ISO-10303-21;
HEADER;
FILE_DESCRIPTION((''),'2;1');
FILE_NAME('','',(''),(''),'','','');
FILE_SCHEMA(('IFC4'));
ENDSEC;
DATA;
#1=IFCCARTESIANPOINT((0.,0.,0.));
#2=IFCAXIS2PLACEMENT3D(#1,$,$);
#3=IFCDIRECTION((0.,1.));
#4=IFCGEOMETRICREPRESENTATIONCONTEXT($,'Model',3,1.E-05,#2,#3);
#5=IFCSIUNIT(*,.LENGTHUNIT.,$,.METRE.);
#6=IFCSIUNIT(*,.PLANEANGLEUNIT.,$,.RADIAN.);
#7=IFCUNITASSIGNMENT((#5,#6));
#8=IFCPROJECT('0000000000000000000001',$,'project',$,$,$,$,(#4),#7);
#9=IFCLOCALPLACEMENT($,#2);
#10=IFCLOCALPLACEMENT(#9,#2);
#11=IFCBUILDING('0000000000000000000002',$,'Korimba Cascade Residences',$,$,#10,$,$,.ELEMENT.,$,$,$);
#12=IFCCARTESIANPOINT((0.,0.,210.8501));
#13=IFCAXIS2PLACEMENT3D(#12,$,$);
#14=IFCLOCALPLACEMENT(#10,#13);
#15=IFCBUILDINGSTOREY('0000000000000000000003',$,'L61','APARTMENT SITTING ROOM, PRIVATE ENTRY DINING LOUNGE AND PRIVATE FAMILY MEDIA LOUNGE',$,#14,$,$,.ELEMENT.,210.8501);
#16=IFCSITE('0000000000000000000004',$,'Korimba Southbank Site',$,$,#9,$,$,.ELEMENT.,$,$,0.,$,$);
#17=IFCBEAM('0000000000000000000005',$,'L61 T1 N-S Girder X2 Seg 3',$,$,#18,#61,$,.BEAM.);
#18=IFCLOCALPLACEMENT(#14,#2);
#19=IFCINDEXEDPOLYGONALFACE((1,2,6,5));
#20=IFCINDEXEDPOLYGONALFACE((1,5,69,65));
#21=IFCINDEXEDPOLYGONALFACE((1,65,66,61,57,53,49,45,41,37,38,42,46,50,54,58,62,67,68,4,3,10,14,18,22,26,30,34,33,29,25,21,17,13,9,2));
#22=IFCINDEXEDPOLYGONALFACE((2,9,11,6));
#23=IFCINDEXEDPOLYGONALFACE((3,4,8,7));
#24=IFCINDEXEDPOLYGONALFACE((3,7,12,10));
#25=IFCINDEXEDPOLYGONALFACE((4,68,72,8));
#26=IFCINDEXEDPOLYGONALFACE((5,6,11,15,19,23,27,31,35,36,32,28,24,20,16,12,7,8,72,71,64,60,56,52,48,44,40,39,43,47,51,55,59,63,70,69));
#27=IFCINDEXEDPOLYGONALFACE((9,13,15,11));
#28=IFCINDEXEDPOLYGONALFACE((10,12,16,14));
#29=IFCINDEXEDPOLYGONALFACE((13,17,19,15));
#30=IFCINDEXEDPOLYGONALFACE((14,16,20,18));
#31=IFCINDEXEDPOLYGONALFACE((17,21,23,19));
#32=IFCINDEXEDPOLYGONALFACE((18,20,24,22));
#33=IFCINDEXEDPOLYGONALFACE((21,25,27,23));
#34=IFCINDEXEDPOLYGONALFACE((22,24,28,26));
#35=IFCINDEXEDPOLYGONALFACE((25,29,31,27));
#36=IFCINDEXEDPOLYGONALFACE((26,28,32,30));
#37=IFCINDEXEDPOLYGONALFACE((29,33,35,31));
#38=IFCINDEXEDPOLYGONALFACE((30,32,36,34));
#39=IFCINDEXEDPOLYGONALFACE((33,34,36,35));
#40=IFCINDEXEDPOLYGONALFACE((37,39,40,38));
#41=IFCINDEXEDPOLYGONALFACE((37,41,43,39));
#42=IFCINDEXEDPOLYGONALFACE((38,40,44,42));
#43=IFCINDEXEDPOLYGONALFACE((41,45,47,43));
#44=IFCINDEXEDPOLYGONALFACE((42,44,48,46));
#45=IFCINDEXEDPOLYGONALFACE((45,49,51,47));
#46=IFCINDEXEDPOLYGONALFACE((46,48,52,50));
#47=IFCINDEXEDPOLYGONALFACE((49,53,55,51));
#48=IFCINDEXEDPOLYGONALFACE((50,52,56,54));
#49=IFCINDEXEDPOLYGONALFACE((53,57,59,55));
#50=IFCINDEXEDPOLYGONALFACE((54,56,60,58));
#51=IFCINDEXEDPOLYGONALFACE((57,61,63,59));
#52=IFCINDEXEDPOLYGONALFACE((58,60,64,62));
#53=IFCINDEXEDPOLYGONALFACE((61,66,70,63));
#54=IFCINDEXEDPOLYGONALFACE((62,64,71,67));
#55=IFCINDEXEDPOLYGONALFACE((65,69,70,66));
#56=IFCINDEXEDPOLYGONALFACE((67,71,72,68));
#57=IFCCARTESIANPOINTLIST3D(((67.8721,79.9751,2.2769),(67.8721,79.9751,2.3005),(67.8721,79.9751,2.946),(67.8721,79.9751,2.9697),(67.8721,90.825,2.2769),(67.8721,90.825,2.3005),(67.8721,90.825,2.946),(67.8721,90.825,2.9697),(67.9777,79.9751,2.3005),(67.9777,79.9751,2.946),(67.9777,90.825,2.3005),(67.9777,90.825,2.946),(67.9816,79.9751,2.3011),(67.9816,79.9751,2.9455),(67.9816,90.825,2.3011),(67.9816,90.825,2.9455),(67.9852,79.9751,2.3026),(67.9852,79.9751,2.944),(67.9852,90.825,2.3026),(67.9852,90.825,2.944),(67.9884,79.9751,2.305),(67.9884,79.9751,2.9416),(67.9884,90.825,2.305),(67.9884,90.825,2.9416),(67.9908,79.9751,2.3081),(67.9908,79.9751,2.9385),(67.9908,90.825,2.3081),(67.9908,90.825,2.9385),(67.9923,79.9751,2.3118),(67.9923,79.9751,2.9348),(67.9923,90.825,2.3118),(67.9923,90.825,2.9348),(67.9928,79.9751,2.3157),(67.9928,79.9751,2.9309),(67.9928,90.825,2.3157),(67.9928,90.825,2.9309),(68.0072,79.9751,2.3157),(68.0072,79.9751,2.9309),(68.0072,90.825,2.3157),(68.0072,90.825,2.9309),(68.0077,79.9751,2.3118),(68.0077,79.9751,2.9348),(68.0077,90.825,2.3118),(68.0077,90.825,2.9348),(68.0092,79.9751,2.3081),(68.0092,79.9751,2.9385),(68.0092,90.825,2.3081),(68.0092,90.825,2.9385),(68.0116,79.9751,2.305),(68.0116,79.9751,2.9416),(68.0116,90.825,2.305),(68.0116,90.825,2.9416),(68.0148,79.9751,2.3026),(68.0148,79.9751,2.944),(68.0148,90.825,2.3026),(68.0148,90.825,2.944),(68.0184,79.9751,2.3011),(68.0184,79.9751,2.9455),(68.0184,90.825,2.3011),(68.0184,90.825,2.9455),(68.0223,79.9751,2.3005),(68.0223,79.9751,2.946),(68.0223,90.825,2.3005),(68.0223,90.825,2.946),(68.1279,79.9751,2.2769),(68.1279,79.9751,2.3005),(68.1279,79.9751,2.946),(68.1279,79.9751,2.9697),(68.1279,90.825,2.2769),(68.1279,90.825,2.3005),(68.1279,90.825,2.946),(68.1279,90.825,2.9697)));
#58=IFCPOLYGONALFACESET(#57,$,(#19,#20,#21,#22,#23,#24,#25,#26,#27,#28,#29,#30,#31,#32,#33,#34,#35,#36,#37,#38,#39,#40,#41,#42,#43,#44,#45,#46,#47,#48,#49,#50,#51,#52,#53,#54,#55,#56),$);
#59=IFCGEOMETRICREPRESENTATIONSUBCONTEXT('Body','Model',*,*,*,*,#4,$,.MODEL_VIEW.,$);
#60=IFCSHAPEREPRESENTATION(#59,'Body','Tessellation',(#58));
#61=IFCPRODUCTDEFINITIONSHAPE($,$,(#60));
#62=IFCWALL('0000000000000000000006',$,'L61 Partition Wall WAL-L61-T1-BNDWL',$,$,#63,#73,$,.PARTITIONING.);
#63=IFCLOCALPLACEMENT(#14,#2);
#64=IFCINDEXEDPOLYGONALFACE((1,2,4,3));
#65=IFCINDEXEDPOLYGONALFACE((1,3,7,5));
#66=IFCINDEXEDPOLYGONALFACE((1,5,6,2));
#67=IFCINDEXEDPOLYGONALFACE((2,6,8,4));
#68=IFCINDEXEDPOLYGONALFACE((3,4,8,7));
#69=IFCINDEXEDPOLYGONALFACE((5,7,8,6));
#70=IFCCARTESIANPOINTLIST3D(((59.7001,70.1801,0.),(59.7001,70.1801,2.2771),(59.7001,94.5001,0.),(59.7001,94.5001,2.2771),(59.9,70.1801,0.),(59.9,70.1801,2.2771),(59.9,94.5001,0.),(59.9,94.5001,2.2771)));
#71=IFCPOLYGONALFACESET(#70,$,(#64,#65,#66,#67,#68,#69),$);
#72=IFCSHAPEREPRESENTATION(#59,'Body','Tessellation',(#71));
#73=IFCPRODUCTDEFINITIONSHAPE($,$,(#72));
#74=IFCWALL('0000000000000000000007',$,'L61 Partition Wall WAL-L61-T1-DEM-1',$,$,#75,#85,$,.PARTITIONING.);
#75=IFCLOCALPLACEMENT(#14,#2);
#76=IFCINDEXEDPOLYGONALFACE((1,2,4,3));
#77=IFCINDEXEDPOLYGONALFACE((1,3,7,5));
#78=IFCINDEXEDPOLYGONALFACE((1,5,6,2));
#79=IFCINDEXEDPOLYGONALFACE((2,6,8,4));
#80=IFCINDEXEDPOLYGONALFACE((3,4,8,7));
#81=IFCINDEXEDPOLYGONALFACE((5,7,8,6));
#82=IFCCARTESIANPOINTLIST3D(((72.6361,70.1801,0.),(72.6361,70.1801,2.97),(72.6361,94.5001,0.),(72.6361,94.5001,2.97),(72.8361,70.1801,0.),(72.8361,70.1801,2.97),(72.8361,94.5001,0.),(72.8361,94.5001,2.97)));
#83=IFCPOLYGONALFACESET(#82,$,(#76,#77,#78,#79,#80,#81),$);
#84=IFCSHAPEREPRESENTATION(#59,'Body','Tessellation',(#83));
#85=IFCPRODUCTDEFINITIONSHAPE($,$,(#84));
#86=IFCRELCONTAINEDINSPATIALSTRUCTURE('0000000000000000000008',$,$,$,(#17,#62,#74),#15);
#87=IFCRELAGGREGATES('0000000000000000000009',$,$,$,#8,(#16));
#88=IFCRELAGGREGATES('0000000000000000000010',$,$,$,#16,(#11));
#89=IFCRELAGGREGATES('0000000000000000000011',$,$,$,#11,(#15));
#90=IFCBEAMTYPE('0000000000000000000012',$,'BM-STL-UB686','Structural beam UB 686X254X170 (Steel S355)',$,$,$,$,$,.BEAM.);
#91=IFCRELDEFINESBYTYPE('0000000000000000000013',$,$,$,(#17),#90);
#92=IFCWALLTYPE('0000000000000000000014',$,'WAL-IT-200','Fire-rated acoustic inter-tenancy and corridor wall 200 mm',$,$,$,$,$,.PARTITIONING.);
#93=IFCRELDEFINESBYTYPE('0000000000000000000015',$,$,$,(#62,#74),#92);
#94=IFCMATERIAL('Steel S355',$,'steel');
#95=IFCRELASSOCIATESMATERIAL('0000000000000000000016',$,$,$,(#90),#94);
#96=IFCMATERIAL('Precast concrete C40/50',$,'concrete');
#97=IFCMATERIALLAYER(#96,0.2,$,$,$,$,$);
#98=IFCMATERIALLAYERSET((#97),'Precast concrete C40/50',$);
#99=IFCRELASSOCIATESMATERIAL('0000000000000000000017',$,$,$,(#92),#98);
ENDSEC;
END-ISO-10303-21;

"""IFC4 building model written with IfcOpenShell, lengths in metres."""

from ifc_helpers import new_model, si_unit, direction, frame, frame_2d, origin, origin_2d, place, context, subcontext, project, spatial, rectangle, i_section, extrude, material, layer, layer_set, material_profile, profile_set, type_object, element, save


model = new_model("IFC4")

# Units and contexts
model_context = context("Model", 3, precision=1e-05, world=origin(), true_north=direction((0.0, 1.0)))
body_context = subcontext(model_context, "Body", "Model", "MODEL_VIEW")
ifc_project = project(units=[si_unit("LENGTHUNIT", "METRE"), si_unit("PLANEANGLEUNIT", "RADIAN")], contexts=[model_context])

# Site, building, storey
site_placement = place(None, origin())
site = spatial("IfcSite", under=ifc_project, at=site_placement, Name="Korimba Southbank Site", CompositionType="ELEMENT", RefElevation=0.0)
building_placement = place(site_placement, origin())
building = spatial("IfcBuilding", under=site, at=building_placement, Name="Korimba Cascade Residences", CompositionType="ELEMENT")
storey_placement = place(building_placement, frame((0.0, 0.0, 210.8501)))
storey = spatial("IfcBuildingStorey", under=building, at=storey_placement, Name="L61", Description="APARTMENT SITTING ROOM, PRIVATE ENTRY DINING LOUNGE AND PRIVATE FAMILY MEDIA LOUNGE", CompositionType="ELEMENT", Elevation=210.8501)

# Beam
ifc_material_1 = material(Name="Steel S355", Category="steel")
ifc_material_profile_1 = material_profile(ifc_material_1, i_section(OverallWidth=0.2559, OverallDepth=0.6929, WebThickness=0.0144, FlangeThickness=0.0237, FilletRadius=0.0151, at=origin_2d()), Name="Steel S355")
ifc_profile_set_1 = profile_set([ifc_material_profile_1], Name="Steel S355")
beam_type_1 = type_object("IfcBeamType", Name="BM-STL-UB686", Description="Structural beam UB 686X254X170 (Steel S355)", PredefinedType="BEAM", material=ifc_profile_set_1)
beam_1_placement = place(storey_placement, frame((68.0, 79.9751, 2.6233), z_axis=(0.0, 1.0, 0.0), x_axis=(-1.0, 0.0, 0.0)))
element("IfcBeam", 1, at=beam_1_placement, inside=storey, type_object=beam_type_1, Name="L61 T1 N-S Girder X2 Seg 3", PredefinedType="BEAM", context=body_context, shape_type="SweptSolid", body=[
    extrude(i_section(OverallWidth=0.2559, OverallDepth=0.6929, WebThickness=0.0144, FlangeThickness=0.0237, FilletRadius=0.0151, at=origin_2d()), origin(), (0.0, 0.0, 1.0), 10.8499),
])

# Walls
ifc_material_2 = material(Name="Precast concrete C40/50", Category="concrete")
ifc_layer_1 = layer(ifc_material_2, 0.2)
ifc_layer_set_1 = layer_set([ifc_layer_1], Name="Precast concrete C40/50")
wall_type_1 = type_object("IfcWallType", Name="WAL-IT-200", Description="Fire-rated acoustic inter-tenancy and corridor wall 200 mm", PredefinedType="PARTITIONING", material=ifc_layer_set_1)
wall_1_placement = place(storey_placement, frame((59.8, 70.1799, 0.0), z_axis=(0.0, 0.0, 1.0), x_axis=(0.0, 1.0, 0.0)))
element("IfcWall", 2, at=wall_1_placement, inside=storey, type_object=wall_type_1, Name="L61 Partition Wall WAL-L61-T1-BNDWL", PredefinedType="PARTITIONING", context=body_context, shape_type="SweptSolid", body=[
    extrude(rectangle(XDim=24.3201, YDim=0.2, at=frame_2d((12.1602, 0.0))), origin(), (0.0, 0.0, 1.0), 2.2771),
])
wall_2_placement = place(storey_placement, frame((72.7361, 70.1799, 0.0), z_axis=(0.0, 0.0, 1.0), x_axis=(0.0, 1.0, 0.0)))
element("IfcWall", 3, at=wall_2_placement, inside=storey, type_object=wall_type_1, Name="L61 Partition Wall WAL-L61-T1-DEM-1", PredefinedType="PARTITIONING", context=body_context, shape_type="SweptSolid", body=[
    extrude(rectangle(XDim=24.3201, YDim=0.2, at=frame_2d((12.1602, 0.0))), origin(), (0.0, 0.0, 1.0), 2.97),
])

save(model, "model.ifc")
